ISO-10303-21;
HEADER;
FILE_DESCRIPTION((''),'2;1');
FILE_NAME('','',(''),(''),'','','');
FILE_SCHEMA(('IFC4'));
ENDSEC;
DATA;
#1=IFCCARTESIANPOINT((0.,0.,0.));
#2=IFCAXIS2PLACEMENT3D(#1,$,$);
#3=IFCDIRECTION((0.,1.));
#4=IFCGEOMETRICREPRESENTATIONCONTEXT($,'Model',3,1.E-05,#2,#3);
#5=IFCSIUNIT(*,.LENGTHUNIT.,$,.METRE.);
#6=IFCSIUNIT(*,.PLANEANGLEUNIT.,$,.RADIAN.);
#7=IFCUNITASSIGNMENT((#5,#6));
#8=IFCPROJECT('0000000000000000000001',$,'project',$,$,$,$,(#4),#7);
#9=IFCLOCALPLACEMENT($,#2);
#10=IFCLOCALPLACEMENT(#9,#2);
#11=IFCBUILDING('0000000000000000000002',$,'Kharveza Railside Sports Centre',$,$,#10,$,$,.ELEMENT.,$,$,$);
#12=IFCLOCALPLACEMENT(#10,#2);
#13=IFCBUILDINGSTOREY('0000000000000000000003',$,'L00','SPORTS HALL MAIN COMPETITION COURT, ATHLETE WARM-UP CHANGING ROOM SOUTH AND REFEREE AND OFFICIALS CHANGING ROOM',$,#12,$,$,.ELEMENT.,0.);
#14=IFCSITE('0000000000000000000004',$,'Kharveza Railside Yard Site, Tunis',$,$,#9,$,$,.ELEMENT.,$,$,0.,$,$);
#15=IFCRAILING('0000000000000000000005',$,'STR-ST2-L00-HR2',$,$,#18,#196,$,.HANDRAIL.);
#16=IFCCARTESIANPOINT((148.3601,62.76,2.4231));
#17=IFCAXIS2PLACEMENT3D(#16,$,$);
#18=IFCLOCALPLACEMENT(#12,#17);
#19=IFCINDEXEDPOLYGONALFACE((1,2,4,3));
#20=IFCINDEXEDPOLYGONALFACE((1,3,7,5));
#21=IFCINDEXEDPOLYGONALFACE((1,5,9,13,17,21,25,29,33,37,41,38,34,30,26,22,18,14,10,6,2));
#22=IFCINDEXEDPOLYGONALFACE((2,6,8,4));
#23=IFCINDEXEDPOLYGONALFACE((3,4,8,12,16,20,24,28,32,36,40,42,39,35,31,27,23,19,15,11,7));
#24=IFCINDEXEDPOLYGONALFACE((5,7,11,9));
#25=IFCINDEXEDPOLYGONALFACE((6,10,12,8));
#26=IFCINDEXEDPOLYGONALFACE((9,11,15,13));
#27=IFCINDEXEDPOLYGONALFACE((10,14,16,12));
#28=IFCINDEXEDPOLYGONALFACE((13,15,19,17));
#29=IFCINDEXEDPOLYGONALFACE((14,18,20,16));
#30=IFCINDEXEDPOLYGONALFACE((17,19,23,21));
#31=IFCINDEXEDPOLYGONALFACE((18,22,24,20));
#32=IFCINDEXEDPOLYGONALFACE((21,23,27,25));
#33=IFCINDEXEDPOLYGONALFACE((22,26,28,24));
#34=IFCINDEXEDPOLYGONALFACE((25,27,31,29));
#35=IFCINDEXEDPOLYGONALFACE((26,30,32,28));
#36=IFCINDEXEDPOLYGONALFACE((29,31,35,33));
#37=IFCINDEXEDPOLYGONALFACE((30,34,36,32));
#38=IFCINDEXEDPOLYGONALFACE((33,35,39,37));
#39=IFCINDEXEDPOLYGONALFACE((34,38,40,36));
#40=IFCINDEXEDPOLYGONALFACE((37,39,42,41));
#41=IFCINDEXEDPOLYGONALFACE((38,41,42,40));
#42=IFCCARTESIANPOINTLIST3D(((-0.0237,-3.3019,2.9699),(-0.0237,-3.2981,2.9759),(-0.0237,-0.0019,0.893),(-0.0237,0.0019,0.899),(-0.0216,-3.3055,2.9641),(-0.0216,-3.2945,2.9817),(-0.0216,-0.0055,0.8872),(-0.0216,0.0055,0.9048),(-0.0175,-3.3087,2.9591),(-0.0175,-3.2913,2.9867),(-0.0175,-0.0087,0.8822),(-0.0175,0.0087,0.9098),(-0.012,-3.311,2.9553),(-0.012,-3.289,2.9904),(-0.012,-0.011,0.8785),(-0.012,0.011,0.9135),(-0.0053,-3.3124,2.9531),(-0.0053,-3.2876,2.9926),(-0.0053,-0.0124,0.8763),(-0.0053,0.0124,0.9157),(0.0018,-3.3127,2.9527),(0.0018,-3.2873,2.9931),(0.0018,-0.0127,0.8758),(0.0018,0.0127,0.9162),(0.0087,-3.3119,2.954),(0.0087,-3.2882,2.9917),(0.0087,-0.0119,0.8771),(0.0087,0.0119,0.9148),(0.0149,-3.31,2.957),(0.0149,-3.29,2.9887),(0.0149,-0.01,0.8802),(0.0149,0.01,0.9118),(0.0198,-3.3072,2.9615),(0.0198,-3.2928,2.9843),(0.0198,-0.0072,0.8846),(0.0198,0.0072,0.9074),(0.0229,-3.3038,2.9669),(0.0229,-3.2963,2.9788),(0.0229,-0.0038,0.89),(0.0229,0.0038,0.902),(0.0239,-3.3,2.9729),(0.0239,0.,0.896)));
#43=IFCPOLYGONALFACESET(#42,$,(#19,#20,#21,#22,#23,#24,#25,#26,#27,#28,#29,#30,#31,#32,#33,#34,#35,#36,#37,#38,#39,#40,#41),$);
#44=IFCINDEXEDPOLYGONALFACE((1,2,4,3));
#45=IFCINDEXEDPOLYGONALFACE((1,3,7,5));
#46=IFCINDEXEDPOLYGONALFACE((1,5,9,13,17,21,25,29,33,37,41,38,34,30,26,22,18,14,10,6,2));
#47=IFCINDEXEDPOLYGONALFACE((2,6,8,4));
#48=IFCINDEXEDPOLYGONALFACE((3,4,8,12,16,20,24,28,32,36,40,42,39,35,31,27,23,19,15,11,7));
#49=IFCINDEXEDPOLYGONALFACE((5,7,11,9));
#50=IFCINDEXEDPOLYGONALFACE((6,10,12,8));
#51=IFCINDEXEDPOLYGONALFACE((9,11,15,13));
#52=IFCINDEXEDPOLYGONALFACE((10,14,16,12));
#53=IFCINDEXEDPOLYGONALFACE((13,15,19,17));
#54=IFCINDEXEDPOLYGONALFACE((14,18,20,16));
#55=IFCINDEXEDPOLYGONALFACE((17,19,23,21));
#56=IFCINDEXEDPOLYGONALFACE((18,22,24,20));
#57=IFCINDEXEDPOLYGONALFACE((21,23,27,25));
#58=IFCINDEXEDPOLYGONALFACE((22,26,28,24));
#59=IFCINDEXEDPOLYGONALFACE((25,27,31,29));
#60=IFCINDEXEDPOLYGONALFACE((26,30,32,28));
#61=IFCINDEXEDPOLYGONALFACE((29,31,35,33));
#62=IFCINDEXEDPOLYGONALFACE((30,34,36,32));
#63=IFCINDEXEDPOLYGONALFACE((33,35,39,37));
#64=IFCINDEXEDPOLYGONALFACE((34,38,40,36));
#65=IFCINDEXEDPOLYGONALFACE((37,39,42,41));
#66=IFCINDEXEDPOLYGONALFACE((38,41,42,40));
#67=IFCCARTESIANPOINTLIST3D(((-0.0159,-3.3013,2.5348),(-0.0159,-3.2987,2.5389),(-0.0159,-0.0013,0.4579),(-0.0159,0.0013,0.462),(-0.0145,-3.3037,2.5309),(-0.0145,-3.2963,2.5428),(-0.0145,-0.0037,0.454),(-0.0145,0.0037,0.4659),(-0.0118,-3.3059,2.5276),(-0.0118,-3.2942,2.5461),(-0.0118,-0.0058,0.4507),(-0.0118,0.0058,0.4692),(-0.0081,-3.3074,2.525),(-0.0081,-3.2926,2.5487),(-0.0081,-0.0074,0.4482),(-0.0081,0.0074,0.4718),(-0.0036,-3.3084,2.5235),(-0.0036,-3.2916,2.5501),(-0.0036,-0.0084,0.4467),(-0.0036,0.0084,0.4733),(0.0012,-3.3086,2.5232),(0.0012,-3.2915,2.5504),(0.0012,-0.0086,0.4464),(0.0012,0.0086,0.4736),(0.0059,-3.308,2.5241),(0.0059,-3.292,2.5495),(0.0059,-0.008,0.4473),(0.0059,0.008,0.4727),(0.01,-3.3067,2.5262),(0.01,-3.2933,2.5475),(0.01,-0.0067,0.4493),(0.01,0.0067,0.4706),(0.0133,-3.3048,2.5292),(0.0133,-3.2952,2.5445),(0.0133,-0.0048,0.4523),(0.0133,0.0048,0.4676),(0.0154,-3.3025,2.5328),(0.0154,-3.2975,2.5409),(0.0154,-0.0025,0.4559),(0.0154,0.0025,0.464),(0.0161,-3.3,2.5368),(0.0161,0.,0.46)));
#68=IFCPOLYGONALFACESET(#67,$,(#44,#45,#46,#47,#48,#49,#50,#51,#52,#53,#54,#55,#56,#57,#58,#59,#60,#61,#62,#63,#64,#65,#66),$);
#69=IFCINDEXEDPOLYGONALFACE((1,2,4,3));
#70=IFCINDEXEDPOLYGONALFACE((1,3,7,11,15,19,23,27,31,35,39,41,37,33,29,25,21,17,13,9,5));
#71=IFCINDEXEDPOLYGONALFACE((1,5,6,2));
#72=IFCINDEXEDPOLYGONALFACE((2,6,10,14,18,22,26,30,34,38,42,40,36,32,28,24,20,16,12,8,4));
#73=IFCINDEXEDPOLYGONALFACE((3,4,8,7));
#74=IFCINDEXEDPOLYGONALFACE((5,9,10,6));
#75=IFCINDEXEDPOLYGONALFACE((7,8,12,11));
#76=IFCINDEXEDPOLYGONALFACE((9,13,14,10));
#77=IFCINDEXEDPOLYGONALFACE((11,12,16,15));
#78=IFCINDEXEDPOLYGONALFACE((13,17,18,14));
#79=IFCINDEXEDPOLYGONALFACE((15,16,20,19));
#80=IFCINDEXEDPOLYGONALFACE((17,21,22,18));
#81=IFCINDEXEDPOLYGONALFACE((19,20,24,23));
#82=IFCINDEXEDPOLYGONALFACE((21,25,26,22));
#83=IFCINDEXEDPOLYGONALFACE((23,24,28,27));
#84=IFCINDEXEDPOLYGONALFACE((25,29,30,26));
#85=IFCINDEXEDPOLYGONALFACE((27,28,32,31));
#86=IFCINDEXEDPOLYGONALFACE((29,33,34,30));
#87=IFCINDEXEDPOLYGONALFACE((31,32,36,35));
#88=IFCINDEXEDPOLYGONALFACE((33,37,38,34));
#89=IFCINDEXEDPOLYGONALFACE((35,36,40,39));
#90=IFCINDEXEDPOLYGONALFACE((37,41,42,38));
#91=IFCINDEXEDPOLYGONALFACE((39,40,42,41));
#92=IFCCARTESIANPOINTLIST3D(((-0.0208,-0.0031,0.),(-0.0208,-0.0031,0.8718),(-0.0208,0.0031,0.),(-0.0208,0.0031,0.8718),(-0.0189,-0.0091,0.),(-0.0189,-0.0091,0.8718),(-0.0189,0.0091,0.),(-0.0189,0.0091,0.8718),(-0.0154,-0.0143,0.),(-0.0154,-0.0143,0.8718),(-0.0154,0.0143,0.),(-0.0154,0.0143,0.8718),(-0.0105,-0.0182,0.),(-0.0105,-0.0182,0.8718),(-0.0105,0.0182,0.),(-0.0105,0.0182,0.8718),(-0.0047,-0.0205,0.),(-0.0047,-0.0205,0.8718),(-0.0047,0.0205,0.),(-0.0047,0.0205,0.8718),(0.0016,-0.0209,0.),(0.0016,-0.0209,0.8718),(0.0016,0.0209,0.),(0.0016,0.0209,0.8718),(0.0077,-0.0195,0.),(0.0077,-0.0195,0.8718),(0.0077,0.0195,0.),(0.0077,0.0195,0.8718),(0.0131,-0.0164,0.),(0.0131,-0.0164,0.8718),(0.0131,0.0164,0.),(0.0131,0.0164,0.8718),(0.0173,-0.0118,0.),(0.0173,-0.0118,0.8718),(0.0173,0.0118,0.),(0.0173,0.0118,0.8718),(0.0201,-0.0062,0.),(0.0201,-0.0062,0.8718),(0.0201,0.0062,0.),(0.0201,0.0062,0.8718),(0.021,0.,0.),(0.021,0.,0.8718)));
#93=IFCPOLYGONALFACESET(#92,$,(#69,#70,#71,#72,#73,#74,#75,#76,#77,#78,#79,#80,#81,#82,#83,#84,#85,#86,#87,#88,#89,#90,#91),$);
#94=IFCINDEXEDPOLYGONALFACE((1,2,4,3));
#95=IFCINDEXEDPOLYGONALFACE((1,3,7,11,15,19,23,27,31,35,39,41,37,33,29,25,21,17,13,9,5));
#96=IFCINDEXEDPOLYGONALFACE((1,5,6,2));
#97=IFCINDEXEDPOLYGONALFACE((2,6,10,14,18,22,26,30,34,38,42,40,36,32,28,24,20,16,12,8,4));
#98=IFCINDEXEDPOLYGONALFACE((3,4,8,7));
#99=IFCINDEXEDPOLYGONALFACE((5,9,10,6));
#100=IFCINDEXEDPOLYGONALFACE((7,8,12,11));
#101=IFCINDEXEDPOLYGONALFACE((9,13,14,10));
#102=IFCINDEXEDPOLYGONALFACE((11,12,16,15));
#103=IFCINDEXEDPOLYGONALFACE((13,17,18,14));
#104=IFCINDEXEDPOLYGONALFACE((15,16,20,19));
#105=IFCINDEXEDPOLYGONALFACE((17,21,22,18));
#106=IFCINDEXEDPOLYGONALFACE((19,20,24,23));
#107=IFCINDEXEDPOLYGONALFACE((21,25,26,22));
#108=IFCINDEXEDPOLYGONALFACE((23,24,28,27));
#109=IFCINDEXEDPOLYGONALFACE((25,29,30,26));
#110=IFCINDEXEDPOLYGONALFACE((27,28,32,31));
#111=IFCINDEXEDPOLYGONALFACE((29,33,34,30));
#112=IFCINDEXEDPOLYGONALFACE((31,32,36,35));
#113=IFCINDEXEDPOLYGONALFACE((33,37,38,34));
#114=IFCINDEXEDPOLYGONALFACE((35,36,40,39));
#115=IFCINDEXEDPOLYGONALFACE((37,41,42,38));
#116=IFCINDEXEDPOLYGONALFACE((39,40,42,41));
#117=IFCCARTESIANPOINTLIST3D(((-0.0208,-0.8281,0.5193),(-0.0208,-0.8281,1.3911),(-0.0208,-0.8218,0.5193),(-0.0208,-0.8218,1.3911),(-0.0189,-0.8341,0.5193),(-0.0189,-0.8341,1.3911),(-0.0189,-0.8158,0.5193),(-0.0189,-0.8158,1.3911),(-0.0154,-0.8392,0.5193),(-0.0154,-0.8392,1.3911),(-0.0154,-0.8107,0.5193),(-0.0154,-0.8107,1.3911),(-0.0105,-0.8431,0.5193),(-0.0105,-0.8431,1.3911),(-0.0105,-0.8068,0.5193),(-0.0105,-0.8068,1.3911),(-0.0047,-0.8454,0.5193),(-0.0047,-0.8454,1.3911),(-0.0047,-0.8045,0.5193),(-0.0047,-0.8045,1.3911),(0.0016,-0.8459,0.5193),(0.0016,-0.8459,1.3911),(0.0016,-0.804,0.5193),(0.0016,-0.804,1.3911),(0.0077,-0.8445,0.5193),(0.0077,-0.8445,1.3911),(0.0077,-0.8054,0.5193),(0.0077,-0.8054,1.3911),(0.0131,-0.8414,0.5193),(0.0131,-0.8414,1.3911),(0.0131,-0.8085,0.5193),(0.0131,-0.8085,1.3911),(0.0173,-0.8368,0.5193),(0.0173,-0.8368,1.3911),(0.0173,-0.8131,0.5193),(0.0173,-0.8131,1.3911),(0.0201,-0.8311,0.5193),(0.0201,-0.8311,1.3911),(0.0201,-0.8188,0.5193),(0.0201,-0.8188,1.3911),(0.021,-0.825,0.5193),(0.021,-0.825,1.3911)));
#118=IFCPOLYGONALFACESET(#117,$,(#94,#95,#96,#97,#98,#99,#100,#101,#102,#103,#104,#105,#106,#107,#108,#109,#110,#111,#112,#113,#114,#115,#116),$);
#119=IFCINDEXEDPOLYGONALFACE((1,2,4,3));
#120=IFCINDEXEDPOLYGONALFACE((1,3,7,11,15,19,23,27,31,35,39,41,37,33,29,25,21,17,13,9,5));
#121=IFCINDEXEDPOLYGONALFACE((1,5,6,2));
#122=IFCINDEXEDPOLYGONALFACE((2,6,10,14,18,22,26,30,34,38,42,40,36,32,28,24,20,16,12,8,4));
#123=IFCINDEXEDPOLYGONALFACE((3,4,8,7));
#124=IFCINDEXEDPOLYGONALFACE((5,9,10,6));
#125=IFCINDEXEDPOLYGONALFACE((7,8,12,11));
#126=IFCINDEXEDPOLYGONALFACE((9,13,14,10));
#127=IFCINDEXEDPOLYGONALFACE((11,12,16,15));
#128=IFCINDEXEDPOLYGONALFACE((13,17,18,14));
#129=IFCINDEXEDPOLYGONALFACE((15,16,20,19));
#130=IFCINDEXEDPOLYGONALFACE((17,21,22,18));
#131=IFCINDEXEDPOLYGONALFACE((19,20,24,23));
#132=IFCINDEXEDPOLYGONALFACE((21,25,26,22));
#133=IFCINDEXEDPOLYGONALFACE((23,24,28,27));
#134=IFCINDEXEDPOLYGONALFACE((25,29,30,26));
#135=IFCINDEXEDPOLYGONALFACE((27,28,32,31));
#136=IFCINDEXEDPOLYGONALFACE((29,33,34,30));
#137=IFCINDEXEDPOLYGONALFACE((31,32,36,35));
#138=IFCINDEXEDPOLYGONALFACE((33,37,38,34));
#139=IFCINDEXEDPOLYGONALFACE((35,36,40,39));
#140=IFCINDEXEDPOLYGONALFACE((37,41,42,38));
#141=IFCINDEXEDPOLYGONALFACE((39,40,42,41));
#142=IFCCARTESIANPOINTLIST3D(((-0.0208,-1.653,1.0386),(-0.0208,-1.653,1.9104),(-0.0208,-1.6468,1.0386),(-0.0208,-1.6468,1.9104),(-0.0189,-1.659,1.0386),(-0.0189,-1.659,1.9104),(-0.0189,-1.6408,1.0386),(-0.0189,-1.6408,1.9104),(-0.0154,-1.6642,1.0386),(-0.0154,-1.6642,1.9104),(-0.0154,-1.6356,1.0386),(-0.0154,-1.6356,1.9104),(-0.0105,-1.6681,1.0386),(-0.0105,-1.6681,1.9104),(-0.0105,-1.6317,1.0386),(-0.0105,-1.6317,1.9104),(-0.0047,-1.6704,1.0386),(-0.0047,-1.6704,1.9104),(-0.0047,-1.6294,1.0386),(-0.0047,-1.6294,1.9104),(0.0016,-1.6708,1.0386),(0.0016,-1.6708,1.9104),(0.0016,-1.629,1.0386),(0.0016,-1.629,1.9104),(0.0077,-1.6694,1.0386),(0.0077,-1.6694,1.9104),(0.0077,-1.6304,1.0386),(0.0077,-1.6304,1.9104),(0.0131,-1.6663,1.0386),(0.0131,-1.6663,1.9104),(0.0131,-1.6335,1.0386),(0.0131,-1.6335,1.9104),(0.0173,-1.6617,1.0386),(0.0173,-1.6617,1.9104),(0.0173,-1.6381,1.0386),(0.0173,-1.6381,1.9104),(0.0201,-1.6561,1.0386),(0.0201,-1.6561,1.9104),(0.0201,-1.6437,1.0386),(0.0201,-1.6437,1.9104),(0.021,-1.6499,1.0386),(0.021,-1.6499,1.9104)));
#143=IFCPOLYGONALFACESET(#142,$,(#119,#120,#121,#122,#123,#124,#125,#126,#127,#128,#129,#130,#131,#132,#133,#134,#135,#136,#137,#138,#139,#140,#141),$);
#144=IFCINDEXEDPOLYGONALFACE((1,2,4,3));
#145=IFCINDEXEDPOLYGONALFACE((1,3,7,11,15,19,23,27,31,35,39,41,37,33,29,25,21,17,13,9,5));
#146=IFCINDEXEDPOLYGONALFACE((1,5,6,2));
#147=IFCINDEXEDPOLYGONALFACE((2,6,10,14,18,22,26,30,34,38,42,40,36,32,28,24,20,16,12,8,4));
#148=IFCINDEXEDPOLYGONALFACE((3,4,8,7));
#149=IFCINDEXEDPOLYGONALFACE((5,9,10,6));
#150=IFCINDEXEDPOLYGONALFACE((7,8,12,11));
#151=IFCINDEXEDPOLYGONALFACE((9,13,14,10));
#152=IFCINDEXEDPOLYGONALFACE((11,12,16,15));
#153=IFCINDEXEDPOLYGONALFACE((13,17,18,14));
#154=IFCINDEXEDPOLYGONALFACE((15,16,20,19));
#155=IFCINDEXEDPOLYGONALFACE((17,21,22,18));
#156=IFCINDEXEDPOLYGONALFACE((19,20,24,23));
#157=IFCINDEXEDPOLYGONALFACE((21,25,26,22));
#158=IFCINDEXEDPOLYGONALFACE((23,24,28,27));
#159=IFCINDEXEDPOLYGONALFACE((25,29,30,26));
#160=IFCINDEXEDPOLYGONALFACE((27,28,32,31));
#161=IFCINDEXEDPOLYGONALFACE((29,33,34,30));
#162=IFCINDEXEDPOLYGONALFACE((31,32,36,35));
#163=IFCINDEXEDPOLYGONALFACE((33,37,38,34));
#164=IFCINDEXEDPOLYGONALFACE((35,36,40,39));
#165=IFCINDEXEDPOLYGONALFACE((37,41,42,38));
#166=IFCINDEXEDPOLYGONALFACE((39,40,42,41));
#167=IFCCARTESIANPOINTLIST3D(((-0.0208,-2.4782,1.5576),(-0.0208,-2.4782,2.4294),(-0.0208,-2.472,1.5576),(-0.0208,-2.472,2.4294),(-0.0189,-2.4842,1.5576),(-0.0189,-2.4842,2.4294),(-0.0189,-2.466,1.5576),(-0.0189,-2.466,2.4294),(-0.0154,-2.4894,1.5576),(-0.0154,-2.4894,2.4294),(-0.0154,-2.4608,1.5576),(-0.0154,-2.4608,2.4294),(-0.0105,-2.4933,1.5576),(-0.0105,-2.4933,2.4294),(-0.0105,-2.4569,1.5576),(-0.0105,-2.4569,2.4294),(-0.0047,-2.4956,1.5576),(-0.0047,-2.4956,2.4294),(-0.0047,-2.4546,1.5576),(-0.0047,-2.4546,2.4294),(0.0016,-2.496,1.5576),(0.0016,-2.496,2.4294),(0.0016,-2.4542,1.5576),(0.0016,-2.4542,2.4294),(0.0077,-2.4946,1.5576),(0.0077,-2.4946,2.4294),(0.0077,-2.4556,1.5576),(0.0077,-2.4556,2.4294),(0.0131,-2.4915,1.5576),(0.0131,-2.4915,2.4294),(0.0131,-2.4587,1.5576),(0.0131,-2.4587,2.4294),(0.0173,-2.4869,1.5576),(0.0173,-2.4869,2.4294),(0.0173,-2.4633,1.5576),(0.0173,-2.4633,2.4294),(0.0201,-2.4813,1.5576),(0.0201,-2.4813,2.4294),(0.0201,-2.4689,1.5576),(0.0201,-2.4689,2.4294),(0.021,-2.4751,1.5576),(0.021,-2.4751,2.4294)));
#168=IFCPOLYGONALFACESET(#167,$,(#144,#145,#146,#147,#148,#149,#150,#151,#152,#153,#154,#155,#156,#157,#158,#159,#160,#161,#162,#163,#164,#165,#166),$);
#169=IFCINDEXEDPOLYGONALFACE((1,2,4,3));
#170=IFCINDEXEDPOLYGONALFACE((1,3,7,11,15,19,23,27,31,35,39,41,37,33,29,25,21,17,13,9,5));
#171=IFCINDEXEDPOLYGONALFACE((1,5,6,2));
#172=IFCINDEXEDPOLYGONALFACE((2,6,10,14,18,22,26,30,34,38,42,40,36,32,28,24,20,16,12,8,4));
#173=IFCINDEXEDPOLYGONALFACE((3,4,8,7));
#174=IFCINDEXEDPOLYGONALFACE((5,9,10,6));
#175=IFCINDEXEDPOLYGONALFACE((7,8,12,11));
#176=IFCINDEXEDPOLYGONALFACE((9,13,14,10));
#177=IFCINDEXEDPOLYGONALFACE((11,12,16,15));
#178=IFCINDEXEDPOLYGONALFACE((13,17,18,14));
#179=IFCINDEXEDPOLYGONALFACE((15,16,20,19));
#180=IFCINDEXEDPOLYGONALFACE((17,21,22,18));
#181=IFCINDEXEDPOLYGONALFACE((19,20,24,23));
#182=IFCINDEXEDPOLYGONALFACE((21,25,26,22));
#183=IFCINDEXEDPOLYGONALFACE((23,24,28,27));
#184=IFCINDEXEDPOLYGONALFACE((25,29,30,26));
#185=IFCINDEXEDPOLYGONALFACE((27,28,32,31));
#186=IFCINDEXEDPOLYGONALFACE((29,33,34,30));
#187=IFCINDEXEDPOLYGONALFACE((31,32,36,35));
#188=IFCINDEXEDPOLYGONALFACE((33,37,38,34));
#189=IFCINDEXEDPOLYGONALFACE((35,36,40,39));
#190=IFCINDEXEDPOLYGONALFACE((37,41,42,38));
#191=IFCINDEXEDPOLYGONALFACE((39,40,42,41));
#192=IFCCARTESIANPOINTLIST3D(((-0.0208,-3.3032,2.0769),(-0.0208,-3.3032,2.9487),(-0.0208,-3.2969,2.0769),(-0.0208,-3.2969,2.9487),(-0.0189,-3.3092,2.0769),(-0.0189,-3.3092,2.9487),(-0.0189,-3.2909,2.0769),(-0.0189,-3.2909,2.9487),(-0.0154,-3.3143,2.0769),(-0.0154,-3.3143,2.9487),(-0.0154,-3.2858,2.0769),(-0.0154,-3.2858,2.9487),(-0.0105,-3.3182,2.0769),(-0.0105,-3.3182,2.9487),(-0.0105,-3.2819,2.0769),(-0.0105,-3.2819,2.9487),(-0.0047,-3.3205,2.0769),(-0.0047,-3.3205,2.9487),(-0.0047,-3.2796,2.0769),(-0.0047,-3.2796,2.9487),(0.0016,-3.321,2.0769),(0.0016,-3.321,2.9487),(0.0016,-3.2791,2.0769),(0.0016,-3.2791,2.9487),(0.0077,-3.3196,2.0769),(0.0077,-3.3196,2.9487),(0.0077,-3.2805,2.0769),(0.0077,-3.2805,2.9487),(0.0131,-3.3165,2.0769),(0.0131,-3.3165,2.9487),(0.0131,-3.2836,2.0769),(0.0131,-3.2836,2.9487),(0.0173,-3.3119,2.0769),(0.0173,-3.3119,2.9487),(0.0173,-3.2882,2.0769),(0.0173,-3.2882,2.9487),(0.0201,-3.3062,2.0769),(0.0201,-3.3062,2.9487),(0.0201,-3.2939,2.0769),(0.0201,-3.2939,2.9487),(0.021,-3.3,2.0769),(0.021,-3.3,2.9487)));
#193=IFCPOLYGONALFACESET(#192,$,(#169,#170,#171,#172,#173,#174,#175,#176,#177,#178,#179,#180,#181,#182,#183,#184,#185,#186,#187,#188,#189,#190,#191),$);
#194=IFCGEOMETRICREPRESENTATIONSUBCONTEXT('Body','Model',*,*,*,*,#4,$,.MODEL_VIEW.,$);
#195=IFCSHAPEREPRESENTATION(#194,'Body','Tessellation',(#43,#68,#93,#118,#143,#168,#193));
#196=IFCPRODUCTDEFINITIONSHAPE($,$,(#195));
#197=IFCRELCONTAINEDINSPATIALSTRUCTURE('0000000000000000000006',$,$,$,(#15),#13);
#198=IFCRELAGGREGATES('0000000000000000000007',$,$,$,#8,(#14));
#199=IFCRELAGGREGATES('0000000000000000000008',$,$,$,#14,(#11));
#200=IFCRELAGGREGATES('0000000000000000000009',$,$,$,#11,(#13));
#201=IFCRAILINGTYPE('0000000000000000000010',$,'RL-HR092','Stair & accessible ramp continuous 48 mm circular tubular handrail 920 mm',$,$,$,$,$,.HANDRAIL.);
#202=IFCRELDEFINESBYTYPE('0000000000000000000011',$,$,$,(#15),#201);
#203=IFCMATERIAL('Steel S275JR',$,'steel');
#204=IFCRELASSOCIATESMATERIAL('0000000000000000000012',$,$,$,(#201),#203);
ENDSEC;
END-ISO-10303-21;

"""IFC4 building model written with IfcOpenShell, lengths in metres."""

from ifc_helpers import new_model, si_unit, direction, frame, origin, origin_2d, place, context, subcontext, project, spatial, circle, extrude, material, type_object, element, save


model = new_model("IFC4")

# Units and contexts
model_context = context("Model", 3, precision=1e-05, world=origin(), true_north=direction((0.0, 1.0)))
body_context = subcontext(model_context, "Body", "Model", "MODEL_VIEW")
ifc_project = project(units=[si_unit("LENGTHUNIT", "METRE"), si_unit("PLANEANGLEUNIT", "RADIAN")], contexts=[model_context])

# Site, building, storey
site_placement = place(None, origin())
site = spatial("IfcSite", under=ifc_project, at=site_placement, Name="Kharveza Railside Yard Site, Tunis", CompositionType="ELEMENT", RefElevation=0.0)
building_placement = place(site_placement, origin())
building = spatial("IfcBuilding", under=site, at=building_placement, Name="Kharveza Railside Sports Centre", CompositionType="ELEMENT")
storey_placement = place(building_placement, origin())
storey = spatial("IfcBuildingStorey", under=building, at=storey_placement, Name="L00", Description="SPORTS HALL MAIN COMPETITION COURT, ATHLETE WARM-UP CHANGING ROOM SOUTH AND REFEREE AND OFFICIALS CHANGING ROOM", CompositionType="ELEMENT", Elevation=0.0)

# Railing
ifc_material_1 = material(Name="Steel S275JR", Category="steel")
railing_type_1 = type_object("IfcRailingType", Name="RL-HR092", Description="Stair & accessible ramp continuous 48 mm circular tubular handrail 920 mm", PredefinedType="HANDRAIL", material=ifc_material_1)
railing_1_placement = place(storey_placement, frame((148.3601, 62.76, 2.4231)))
element("IfcRailing", 1, at=railing_1_placement, inside=storey, type_object=railing_type_1, Name="STR-ST2-L00-HR2", PredefinedType="HANDRAIL", context=body_context, shape_type="SweptSolid", body=[
    extrude(circle(Radius=0.0239, at=origin_2d()), frame((0.0, 0.0, 0.896), z_axis=(0.0, -0.846337, 0.532647), x_axis=(1.0, 0.0, 0.0)), (0.0, 0.0, 1.0), 3.8992),
    extrude(circle(Radius=0.0161, at=origin_2d()), frame((0.0, 0.0, 0.46), z_axis=(0.0, -0.846337, 0.532647), x_axis=(1.0, 0.0, 0.0)), (0.0, 0.0, 1.0), 3.8992),
    extrude(circle(Radius=0.021, at=origin_2d()), origin(), (0.0, 0.0, 1.0), 0.8718),
    extrude(circle(Radius=0.021, at=origin_2d()), frame((0.0, -0.825, 0.5193)), (0.0, 0.0, 1.0), 0.8718),
    extrude(circle(Radius=0.021, at=origin_2d()), frame((0.0, -1.6499, 1.0386)), (0.0, 0.0, 1.0), 0.8718),
    extrude(circle(Radius=0.021, at=origin_2d()), frame((0.0, -2.4751, 1.5576)), (0.0, 0.0, 1.0), 0.8718),
    extrude(circle(Radius=0.021, at=origin_2d()), frame((0.0, -3.3, 2.0769)), (0.0, 0.0, 1.0), 0.8718),
])

save(model, "model.ifc")
